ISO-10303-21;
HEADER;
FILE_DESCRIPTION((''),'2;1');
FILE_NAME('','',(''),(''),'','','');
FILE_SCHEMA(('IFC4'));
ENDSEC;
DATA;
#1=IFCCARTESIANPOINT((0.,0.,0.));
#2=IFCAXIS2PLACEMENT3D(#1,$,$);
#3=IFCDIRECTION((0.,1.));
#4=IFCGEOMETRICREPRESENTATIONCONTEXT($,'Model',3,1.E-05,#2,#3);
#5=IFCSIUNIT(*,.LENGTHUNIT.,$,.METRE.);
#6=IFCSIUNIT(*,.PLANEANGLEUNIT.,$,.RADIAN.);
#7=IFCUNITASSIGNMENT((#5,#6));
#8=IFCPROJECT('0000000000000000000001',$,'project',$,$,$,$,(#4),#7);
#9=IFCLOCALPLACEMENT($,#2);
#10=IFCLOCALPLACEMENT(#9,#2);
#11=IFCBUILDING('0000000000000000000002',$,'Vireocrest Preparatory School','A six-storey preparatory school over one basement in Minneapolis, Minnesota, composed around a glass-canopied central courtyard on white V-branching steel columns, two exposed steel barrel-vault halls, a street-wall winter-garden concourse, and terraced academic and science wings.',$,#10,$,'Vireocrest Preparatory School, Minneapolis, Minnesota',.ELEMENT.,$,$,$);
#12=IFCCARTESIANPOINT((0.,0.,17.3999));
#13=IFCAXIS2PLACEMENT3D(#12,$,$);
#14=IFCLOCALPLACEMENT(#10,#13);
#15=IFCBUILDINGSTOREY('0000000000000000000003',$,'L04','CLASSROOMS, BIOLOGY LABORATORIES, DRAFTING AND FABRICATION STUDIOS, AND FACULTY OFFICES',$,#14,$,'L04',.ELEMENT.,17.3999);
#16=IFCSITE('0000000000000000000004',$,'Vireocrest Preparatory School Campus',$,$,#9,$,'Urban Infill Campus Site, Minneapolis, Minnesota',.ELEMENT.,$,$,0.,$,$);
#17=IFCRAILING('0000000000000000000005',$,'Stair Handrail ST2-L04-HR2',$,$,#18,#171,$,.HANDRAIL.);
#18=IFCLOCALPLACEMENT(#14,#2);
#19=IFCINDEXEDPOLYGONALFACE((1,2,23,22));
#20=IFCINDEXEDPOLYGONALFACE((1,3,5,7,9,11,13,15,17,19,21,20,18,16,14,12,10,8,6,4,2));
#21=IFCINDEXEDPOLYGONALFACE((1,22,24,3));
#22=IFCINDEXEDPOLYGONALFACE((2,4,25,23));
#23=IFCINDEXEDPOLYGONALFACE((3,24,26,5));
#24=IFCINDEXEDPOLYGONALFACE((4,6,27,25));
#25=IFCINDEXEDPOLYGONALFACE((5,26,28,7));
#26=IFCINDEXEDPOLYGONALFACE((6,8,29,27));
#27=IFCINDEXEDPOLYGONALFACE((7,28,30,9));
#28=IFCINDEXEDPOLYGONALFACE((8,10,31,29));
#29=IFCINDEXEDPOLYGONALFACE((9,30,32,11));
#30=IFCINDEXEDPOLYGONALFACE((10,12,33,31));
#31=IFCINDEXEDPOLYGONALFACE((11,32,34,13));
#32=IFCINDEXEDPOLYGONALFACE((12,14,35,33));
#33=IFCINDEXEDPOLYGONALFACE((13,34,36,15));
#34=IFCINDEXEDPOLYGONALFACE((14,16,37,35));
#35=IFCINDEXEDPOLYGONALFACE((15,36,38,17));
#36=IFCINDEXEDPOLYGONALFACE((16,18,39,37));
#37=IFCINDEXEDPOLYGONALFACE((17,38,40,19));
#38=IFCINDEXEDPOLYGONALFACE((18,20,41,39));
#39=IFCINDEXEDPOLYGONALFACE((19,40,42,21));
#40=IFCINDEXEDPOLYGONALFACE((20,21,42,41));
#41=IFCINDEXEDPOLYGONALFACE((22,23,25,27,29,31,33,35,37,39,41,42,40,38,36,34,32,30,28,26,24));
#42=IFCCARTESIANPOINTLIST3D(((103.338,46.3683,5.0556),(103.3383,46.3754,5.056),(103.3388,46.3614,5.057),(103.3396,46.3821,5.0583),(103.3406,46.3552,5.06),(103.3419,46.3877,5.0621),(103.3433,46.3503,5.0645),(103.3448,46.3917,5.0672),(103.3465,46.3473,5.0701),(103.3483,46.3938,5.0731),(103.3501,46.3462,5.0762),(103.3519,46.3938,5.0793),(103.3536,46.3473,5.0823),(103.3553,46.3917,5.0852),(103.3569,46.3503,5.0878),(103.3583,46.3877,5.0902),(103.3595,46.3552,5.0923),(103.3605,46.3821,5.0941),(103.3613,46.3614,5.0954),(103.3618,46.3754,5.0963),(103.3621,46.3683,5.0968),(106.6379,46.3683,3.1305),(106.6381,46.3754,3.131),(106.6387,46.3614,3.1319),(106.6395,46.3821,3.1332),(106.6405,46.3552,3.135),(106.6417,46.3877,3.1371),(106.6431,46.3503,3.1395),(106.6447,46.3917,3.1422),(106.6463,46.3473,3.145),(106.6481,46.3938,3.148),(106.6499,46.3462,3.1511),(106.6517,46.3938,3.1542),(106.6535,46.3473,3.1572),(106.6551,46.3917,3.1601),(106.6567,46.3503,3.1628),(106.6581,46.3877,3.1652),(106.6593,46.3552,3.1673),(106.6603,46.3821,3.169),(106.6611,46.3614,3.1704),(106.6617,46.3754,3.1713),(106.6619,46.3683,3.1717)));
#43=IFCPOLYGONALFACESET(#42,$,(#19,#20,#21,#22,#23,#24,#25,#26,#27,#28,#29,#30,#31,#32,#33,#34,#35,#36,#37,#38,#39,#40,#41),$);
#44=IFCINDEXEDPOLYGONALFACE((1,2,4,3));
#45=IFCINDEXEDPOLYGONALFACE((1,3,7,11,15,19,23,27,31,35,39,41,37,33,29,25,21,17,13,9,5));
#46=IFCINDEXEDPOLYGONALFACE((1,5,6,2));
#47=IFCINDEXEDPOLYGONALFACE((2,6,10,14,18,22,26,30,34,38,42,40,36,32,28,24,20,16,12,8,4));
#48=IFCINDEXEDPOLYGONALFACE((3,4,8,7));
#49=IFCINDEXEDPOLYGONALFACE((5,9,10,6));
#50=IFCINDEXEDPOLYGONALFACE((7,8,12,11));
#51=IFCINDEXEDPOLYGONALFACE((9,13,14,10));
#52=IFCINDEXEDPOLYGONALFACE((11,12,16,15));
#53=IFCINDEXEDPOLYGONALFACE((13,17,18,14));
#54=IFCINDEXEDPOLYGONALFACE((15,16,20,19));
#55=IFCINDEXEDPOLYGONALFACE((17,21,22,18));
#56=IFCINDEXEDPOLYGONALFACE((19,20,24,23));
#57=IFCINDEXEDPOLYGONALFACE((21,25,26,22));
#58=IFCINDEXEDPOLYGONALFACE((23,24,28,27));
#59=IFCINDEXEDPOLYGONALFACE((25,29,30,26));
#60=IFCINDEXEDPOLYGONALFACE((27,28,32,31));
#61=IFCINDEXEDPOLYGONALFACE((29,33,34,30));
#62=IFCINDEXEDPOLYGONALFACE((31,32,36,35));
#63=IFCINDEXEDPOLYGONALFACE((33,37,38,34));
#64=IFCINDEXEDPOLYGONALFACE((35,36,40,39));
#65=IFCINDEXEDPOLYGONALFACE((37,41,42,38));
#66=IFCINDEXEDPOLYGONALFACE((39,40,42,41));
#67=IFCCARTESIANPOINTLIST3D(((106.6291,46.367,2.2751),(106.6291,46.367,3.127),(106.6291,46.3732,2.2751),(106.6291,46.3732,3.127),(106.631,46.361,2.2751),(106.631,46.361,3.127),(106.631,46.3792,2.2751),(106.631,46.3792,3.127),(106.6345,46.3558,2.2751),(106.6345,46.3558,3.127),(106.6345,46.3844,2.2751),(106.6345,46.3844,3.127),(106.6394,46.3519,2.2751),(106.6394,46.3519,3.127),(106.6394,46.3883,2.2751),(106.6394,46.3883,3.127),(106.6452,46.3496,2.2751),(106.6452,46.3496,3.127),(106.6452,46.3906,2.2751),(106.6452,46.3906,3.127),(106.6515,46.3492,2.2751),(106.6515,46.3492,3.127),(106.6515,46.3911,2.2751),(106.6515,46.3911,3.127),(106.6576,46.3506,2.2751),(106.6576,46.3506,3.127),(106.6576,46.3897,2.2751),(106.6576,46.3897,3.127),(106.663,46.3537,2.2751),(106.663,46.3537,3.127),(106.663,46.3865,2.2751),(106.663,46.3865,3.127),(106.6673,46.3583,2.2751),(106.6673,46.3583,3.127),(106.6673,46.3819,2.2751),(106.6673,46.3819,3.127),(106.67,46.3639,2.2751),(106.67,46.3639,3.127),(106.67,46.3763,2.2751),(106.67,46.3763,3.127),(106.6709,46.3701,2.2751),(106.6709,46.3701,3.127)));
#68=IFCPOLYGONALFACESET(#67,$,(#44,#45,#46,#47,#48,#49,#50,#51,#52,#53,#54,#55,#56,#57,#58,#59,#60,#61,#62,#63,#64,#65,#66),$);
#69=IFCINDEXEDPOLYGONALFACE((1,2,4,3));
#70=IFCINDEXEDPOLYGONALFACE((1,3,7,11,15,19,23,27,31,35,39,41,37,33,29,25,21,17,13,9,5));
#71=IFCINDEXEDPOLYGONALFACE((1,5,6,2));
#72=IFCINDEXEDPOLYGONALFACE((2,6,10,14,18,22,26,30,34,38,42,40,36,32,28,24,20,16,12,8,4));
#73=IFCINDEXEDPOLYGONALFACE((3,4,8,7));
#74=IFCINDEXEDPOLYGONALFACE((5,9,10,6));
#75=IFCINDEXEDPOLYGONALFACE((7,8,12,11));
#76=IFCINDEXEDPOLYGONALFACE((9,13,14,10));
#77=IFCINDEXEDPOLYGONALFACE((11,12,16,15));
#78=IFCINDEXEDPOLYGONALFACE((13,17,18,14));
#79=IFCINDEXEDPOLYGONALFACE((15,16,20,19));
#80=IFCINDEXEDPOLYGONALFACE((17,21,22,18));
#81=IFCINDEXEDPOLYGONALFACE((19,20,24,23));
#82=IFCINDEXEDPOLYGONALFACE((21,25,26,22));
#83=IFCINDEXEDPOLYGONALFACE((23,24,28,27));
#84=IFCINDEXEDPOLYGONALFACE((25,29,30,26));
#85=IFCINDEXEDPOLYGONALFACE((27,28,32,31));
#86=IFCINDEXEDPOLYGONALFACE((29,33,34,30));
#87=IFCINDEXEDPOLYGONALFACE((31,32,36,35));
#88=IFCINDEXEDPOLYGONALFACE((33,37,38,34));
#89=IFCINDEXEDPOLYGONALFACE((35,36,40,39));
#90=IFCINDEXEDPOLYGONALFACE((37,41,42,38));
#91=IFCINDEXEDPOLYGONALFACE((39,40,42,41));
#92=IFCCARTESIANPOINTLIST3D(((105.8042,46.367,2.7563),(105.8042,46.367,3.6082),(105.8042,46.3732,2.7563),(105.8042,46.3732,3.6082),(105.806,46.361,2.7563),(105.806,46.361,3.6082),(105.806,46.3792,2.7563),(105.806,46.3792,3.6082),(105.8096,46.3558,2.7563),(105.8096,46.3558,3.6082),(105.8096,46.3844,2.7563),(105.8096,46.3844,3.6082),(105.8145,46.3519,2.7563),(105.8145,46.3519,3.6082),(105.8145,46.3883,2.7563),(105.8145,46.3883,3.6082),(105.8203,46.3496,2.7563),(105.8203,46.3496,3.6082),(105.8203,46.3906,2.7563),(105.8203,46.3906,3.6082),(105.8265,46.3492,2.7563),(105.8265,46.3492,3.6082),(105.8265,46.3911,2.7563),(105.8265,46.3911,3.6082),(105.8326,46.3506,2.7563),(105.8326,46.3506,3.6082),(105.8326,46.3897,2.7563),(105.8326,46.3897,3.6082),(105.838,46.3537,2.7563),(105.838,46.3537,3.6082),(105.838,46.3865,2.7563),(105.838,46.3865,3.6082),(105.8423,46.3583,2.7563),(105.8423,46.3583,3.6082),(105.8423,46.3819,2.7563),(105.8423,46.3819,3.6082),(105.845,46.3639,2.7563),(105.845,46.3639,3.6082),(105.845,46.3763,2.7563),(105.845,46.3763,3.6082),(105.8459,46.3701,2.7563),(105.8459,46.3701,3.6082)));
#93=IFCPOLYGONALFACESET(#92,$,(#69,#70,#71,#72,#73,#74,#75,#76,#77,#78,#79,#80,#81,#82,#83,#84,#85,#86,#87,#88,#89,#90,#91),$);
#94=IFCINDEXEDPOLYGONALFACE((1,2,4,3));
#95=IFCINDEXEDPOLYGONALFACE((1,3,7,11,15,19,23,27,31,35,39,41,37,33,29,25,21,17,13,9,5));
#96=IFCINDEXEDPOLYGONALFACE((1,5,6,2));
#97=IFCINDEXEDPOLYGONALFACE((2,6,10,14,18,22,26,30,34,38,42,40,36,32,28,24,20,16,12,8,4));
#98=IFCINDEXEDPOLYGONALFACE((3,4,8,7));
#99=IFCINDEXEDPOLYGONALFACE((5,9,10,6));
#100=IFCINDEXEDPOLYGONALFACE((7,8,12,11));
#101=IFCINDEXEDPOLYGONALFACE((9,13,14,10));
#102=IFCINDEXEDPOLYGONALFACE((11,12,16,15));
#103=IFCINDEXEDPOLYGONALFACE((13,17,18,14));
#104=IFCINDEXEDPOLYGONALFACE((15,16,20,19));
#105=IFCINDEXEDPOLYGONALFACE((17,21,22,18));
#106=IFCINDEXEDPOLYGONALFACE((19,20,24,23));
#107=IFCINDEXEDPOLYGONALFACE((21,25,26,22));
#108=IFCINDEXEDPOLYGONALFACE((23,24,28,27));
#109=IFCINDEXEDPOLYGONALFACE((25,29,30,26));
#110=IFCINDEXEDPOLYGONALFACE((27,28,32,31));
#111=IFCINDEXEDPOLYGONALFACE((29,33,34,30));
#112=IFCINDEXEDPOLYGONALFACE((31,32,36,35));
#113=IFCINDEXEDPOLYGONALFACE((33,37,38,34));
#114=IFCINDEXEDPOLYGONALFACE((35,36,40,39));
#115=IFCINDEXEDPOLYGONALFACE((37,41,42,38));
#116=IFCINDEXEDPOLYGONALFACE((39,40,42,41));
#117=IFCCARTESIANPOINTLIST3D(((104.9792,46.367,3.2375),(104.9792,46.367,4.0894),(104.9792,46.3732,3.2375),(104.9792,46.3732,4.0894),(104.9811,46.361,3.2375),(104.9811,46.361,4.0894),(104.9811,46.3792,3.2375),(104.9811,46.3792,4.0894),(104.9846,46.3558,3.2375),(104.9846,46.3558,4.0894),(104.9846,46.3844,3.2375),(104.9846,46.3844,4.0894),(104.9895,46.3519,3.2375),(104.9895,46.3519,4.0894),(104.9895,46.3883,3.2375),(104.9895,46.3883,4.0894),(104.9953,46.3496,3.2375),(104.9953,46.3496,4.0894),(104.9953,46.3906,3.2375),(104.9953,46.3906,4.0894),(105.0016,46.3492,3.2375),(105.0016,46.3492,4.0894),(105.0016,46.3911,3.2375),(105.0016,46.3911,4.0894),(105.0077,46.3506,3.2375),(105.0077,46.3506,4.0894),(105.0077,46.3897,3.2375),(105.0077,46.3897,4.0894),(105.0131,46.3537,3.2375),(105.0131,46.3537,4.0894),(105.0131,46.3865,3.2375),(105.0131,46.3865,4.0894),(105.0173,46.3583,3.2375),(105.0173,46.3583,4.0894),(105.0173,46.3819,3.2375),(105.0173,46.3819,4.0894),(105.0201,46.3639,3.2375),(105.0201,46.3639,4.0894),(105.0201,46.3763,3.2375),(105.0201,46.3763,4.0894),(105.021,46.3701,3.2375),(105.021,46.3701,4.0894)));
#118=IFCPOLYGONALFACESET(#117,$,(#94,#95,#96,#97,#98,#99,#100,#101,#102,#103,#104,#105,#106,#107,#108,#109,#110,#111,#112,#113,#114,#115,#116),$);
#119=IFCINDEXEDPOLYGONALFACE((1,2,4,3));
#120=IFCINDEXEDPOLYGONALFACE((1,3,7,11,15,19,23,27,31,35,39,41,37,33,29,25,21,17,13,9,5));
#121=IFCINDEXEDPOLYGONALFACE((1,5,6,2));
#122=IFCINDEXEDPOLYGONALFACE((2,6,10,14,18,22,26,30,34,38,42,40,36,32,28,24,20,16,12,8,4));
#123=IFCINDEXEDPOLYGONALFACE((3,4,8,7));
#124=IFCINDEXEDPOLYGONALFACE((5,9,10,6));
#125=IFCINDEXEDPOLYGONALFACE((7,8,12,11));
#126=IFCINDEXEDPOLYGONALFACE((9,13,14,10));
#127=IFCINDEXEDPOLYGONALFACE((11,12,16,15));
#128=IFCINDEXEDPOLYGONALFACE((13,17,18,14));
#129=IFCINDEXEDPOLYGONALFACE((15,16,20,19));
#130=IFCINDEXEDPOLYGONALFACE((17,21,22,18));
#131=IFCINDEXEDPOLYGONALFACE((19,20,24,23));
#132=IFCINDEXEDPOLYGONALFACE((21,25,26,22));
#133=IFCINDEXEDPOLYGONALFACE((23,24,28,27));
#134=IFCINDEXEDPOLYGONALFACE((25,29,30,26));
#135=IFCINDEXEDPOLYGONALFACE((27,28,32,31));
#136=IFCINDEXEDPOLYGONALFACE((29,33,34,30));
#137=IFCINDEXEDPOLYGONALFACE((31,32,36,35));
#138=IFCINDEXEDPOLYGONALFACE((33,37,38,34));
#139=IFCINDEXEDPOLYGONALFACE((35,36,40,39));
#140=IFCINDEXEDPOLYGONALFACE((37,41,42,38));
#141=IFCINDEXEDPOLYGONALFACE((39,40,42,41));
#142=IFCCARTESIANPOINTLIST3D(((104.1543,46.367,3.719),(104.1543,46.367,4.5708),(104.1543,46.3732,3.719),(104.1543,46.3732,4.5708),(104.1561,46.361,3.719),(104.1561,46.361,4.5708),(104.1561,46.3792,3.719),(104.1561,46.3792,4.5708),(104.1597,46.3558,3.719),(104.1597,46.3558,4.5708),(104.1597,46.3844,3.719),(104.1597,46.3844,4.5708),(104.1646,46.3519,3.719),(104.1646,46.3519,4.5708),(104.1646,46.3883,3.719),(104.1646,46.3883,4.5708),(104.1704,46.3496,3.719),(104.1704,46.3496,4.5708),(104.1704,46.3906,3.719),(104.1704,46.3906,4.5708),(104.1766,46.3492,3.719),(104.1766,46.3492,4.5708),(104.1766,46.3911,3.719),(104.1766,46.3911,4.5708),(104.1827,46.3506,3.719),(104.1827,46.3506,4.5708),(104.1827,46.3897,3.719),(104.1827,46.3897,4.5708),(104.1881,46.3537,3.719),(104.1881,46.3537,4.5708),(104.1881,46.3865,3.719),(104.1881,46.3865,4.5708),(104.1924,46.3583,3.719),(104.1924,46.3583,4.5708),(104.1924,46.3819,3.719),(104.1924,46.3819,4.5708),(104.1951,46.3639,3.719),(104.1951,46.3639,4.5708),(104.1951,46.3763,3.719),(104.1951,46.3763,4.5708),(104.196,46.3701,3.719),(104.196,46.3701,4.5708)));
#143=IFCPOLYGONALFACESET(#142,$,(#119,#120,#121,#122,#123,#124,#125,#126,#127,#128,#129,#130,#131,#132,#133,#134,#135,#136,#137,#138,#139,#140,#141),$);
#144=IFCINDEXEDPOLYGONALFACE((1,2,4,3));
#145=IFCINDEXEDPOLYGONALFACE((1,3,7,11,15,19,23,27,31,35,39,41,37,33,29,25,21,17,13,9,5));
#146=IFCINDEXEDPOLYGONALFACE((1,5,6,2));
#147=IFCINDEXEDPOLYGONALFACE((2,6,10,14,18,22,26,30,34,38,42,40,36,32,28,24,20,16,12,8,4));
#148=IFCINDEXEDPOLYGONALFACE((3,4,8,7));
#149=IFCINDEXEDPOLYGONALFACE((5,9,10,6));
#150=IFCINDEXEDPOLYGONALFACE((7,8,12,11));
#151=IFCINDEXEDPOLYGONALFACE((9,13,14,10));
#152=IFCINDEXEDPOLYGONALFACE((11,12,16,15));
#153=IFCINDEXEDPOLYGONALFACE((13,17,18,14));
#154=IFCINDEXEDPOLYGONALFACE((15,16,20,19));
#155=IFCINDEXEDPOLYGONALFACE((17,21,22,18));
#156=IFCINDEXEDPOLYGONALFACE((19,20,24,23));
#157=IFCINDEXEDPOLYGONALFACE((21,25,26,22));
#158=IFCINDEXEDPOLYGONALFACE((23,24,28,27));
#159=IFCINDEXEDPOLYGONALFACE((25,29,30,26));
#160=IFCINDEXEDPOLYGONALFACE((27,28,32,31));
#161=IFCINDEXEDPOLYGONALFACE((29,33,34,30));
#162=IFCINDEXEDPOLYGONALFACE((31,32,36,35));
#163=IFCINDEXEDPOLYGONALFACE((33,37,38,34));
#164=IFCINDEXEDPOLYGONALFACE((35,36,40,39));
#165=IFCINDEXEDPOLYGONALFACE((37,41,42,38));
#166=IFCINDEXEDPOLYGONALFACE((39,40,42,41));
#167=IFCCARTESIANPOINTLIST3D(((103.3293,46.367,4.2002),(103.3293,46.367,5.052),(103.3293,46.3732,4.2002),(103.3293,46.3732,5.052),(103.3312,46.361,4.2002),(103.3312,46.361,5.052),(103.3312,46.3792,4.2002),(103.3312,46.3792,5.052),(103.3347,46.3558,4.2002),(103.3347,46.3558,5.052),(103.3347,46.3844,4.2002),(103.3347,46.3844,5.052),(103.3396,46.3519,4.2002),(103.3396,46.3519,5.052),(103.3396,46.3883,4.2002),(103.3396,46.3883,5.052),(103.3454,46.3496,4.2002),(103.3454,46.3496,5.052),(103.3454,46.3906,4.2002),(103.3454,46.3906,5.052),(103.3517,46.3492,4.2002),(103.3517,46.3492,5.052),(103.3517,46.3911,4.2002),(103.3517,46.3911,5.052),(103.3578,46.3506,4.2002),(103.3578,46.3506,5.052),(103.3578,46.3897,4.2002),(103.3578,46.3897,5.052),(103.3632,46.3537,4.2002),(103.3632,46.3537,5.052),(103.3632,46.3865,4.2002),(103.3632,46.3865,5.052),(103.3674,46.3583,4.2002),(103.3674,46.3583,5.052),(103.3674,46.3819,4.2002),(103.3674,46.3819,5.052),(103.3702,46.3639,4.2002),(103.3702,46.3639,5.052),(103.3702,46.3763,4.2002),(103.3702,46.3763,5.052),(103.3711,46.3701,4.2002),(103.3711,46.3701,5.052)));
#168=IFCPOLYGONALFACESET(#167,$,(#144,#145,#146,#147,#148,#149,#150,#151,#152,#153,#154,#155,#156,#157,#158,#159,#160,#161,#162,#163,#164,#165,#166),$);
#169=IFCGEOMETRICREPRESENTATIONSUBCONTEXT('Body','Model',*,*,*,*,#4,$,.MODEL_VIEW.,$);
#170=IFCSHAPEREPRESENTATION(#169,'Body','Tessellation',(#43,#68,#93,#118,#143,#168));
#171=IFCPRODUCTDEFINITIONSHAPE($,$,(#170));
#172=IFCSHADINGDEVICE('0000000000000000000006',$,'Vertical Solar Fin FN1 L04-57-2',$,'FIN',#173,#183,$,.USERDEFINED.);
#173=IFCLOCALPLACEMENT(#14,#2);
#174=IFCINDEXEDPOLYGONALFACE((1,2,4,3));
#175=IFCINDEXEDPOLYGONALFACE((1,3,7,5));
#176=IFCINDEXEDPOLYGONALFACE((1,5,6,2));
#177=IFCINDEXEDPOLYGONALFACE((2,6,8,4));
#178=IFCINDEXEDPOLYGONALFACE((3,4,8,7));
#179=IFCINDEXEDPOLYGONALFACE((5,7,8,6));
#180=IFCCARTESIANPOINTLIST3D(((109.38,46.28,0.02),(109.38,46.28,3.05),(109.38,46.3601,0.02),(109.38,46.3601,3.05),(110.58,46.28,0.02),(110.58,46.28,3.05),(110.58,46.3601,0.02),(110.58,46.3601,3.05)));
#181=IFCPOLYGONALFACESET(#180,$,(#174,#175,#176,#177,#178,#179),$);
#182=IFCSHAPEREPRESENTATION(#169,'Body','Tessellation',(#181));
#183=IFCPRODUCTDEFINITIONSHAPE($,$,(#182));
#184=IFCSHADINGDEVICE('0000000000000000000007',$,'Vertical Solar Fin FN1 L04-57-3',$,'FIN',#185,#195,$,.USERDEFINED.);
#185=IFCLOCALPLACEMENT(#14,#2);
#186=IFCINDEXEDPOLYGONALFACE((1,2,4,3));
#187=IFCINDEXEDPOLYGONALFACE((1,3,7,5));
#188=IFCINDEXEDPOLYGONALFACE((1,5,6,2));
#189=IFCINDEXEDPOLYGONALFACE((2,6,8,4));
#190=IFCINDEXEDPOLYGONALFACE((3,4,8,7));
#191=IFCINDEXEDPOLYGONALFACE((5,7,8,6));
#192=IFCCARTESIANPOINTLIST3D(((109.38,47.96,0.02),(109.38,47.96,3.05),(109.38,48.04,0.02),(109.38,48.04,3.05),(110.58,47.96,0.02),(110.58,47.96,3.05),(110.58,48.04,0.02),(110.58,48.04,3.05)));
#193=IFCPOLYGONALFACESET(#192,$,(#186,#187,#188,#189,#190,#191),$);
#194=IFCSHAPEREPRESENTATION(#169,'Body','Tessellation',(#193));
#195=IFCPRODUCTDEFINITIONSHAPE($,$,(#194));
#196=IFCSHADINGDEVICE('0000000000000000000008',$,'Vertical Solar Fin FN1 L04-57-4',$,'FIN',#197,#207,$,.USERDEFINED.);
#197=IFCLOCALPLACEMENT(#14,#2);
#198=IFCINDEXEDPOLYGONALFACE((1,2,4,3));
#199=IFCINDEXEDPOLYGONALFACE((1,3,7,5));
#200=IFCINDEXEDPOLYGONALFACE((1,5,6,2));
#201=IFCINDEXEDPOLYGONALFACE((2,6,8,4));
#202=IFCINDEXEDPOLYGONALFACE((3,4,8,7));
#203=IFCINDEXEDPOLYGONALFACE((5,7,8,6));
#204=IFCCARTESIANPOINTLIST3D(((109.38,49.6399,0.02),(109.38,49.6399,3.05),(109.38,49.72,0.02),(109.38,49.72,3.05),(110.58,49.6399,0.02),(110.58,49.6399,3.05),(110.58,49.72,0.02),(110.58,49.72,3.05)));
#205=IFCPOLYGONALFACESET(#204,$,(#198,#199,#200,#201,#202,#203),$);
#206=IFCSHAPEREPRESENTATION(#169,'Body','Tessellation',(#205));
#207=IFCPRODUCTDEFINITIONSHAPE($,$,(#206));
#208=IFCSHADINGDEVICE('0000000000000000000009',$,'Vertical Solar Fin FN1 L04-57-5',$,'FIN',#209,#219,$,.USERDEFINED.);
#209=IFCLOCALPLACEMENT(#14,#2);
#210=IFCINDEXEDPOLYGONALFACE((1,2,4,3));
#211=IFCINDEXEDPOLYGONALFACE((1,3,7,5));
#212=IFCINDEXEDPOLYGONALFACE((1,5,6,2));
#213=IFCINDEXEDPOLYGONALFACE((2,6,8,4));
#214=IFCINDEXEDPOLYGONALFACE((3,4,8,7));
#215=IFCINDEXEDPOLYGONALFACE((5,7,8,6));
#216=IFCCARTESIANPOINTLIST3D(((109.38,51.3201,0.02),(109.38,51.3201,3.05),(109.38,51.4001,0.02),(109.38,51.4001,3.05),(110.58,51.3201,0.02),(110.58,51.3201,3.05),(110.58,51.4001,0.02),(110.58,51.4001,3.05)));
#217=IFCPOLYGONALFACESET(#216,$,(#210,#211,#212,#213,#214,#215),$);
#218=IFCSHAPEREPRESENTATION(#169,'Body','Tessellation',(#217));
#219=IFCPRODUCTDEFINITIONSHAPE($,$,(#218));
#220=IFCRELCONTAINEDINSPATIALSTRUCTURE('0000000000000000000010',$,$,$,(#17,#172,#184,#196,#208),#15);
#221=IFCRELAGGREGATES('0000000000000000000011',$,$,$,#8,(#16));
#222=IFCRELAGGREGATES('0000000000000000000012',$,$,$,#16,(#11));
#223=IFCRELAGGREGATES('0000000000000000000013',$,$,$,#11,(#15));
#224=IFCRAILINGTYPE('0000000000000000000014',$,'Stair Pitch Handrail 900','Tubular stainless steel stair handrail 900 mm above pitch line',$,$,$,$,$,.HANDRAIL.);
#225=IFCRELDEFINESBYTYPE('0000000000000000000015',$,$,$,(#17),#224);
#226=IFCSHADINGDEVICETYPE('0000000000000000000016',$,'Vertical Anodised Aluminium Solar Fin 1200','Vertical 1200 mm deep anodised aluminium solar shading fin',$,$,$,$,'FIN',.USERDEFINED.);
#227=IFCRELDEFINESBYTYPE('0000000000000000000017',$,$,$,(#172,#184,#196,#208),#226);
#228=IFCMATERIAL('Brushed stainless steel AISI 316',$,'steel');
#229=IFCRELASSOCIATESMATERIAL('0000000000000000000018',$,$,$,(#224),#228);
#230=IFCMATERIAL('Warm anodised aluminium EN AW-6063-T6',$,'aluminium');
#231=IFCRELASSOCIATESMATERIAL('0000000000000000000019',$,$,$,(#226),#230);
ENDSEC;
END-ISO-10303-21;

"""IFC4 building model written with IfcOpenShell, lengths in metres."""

from ifc_helpers import new_model, si_unit, direction, frame, origin, origin_2d, place, context, subcontext, project, spatial, rectangle, circle, extrude, material, material_profile, profile_set, type_object, element, save


model = new_model("IFC4")

# Units and contexts
model_context = context("Model", 3, precision=1e-05, world=origin(), true_north=direction((0.0, 1.0)))
body_context = subcontext(model_context, "Body", "Model", "MODEL_VIEW")
ifc_project = project(units=[si_unit("LENGTHUNIT", "METRE"), si_unit("PLANEANGLEUNIT", "RADIAN")], contexts=[model_context])

# Site, building, storey
site_placement = place(None, origin())
site = spatial("IfcSite", under=ifc_project, at=site_placement, Name="Vireocrest Preparatory School Campus", LongName="Urban Infill Campus Site, Minneapolis, Minnesota", CompositionType="ELEMENT", RefElevation=0.0)
building_placement = place(site_placement, origin())
building = spatial("IfcBuilding", under=site, at=building_placement, Name="Vireocrest Preparatory School", Description="A six-storey preparatory school over one basement in Minneapolis, Minnesota, composed around a glass-canopied central courtyard on white V-branching steel columns, two exposed steel barrel-vault halls, a street-wall winter-garden concourse, and terraced academic and science wings.", LongName="Vireocrest Preparatory School, Minneapolis, Minnesota", CompositionType="ELEMENT")
storey_placement = place(building_placement, frame((0.0, 0.0, 17.3999)))
storey = spatial("IfcBuildingStorey", under=building, at=storey_placement, Name="L04", Description="CLASSROOMS, BIOLOGY LABORATORIES, DRAFTING AND FABRICATION STUDIOS, AND FACULTY OFFICES", LongName="L04", CompositionType="ELEMENT", Elevation=17.3999)

# Railing
ifc_material_1 = material(Name="Brushed stainless steel AISI 316", Category="steel")
railing_type = type_object("IfcRailingType", Name="Stair Pitch Handrail 900", Description="Tubular stainless steel stair handrail 900 mm above pitch line", PredefinedType="HANDRAIL", material=ifc_material_1)
railing_placement = place(storey_placement, frame((106.6499, 46.3701, 2.2751)))
element("IfcRailing", 1, at=railing_placement, inside=storey, type_object=railing_type, Name="Stair Handrail ST2-L04-HR2", PredefinedType="HANDRAIL", context=body_context, shape_type="SweptSolid", body=[
    extrude(circle(Radius=0.0239, at=origin_2d()), frame((0.0, 0.0, 0.876), z_axis=(-0.86376, 0.0, 0.503903), x_axis=(0.0, -1.0, 0.0)), (0.0, 0.0, 1.0), 3.8203),
    extrude(circle(Radius=0.021, at=origin_2d()), origin(), (0.0, 0.0, 1.0), 0.8518),
    extrude(circle(Radius=0.021, at=origin_2d()), frame((-0.825, 0.0, 0.4812)), (0.0, 0.0, 1.0), 0.8518),
    extrude(circle(Radius=0.021, at=origin_2d()), frame((-1.6499, 0.0, 0.9624)), (0.0, 0.0, 1.0), 0.8518),
    extrude(circle(Radius=0.021, at=origin_2d()), frame((-2.4749, 0.0, 1.4438)), (0.0, 0.0, 1.0), 0.8518),
    extrude(circle(Radius=0.021, at=origin_2d()), frame((-3.2998, 0.0, 1.925)), (0.0, 0.0, 1.0), 0.8518),
])

# Shading devices
ifc_material_2 = material(Name="Warm anodised aluminium EN AW-6063-T6", Category="aluminium")
ifc_material_profile_1 = material_profile(ifc_material_2, rectangle(XDim=0.0801, YDim=1.2, at=origin_2d()), Name="FIN 80x1200")
ifc_profile_set_1 = profile_set([ifc_material_profile_1], Name="Warm anodised aluminium EN AW-6063-T6")
shading_device_type = type_object("IfcShadingDeviceType", Name="Vertical Anodised Aluminium Solar Fin 1200", Description="Vertical 1200 mm deep anodised aluminium solar shading fin", ElementType="FIN", PredefinedType="USERDEFINED", material=ifc_profile_set_1)
for number, where, z_axis, x_axis, name in (
    (2, (109.98, 46.3201, 0.02), (0.0, 0.0, 1.0), (0.0, -1.0, 0.0), "Vertical Solar Fin FN1 L04-57-2"),
    (3, (109.98, 48.0, 0.02), (0.0, 0.0, 1.0), (0.0, -1.0, 0.0), "Vertical Solar Fin FN1 L04-57-3"),
    (4, (109.98, 49.6799, 0.02), (0.0, 0.0, 1.0), (0.0, -1.0, 0.0), "Vertical Solar Fin FN1 L04-57-4"),
    (5, (109.98, 51.3601, 0.02), (0.0, 0.0, 1.0), (0.0, -1.0, 0.0), "Vertical Solar Fin FN1 L04-57-5"),
):
    element("IfcShadingDevice", number, at=place(storey_placement, frame(where, z_axis=z_axis, x_axis=x_axis)), inside=storey, type_object=shading_device_type, Name=name, ObjectType="FIN", PredefinedType="USERDEFINED", context=body_context, shape_type="SweptSolid", body=[
        extrude(rectangle(XDim=0.0801, YDim=1.2, at=origin_2d()), origin(), (0.0, 0.0, 1.0), 3.03),
    ])

save(model, "model.ifc")
